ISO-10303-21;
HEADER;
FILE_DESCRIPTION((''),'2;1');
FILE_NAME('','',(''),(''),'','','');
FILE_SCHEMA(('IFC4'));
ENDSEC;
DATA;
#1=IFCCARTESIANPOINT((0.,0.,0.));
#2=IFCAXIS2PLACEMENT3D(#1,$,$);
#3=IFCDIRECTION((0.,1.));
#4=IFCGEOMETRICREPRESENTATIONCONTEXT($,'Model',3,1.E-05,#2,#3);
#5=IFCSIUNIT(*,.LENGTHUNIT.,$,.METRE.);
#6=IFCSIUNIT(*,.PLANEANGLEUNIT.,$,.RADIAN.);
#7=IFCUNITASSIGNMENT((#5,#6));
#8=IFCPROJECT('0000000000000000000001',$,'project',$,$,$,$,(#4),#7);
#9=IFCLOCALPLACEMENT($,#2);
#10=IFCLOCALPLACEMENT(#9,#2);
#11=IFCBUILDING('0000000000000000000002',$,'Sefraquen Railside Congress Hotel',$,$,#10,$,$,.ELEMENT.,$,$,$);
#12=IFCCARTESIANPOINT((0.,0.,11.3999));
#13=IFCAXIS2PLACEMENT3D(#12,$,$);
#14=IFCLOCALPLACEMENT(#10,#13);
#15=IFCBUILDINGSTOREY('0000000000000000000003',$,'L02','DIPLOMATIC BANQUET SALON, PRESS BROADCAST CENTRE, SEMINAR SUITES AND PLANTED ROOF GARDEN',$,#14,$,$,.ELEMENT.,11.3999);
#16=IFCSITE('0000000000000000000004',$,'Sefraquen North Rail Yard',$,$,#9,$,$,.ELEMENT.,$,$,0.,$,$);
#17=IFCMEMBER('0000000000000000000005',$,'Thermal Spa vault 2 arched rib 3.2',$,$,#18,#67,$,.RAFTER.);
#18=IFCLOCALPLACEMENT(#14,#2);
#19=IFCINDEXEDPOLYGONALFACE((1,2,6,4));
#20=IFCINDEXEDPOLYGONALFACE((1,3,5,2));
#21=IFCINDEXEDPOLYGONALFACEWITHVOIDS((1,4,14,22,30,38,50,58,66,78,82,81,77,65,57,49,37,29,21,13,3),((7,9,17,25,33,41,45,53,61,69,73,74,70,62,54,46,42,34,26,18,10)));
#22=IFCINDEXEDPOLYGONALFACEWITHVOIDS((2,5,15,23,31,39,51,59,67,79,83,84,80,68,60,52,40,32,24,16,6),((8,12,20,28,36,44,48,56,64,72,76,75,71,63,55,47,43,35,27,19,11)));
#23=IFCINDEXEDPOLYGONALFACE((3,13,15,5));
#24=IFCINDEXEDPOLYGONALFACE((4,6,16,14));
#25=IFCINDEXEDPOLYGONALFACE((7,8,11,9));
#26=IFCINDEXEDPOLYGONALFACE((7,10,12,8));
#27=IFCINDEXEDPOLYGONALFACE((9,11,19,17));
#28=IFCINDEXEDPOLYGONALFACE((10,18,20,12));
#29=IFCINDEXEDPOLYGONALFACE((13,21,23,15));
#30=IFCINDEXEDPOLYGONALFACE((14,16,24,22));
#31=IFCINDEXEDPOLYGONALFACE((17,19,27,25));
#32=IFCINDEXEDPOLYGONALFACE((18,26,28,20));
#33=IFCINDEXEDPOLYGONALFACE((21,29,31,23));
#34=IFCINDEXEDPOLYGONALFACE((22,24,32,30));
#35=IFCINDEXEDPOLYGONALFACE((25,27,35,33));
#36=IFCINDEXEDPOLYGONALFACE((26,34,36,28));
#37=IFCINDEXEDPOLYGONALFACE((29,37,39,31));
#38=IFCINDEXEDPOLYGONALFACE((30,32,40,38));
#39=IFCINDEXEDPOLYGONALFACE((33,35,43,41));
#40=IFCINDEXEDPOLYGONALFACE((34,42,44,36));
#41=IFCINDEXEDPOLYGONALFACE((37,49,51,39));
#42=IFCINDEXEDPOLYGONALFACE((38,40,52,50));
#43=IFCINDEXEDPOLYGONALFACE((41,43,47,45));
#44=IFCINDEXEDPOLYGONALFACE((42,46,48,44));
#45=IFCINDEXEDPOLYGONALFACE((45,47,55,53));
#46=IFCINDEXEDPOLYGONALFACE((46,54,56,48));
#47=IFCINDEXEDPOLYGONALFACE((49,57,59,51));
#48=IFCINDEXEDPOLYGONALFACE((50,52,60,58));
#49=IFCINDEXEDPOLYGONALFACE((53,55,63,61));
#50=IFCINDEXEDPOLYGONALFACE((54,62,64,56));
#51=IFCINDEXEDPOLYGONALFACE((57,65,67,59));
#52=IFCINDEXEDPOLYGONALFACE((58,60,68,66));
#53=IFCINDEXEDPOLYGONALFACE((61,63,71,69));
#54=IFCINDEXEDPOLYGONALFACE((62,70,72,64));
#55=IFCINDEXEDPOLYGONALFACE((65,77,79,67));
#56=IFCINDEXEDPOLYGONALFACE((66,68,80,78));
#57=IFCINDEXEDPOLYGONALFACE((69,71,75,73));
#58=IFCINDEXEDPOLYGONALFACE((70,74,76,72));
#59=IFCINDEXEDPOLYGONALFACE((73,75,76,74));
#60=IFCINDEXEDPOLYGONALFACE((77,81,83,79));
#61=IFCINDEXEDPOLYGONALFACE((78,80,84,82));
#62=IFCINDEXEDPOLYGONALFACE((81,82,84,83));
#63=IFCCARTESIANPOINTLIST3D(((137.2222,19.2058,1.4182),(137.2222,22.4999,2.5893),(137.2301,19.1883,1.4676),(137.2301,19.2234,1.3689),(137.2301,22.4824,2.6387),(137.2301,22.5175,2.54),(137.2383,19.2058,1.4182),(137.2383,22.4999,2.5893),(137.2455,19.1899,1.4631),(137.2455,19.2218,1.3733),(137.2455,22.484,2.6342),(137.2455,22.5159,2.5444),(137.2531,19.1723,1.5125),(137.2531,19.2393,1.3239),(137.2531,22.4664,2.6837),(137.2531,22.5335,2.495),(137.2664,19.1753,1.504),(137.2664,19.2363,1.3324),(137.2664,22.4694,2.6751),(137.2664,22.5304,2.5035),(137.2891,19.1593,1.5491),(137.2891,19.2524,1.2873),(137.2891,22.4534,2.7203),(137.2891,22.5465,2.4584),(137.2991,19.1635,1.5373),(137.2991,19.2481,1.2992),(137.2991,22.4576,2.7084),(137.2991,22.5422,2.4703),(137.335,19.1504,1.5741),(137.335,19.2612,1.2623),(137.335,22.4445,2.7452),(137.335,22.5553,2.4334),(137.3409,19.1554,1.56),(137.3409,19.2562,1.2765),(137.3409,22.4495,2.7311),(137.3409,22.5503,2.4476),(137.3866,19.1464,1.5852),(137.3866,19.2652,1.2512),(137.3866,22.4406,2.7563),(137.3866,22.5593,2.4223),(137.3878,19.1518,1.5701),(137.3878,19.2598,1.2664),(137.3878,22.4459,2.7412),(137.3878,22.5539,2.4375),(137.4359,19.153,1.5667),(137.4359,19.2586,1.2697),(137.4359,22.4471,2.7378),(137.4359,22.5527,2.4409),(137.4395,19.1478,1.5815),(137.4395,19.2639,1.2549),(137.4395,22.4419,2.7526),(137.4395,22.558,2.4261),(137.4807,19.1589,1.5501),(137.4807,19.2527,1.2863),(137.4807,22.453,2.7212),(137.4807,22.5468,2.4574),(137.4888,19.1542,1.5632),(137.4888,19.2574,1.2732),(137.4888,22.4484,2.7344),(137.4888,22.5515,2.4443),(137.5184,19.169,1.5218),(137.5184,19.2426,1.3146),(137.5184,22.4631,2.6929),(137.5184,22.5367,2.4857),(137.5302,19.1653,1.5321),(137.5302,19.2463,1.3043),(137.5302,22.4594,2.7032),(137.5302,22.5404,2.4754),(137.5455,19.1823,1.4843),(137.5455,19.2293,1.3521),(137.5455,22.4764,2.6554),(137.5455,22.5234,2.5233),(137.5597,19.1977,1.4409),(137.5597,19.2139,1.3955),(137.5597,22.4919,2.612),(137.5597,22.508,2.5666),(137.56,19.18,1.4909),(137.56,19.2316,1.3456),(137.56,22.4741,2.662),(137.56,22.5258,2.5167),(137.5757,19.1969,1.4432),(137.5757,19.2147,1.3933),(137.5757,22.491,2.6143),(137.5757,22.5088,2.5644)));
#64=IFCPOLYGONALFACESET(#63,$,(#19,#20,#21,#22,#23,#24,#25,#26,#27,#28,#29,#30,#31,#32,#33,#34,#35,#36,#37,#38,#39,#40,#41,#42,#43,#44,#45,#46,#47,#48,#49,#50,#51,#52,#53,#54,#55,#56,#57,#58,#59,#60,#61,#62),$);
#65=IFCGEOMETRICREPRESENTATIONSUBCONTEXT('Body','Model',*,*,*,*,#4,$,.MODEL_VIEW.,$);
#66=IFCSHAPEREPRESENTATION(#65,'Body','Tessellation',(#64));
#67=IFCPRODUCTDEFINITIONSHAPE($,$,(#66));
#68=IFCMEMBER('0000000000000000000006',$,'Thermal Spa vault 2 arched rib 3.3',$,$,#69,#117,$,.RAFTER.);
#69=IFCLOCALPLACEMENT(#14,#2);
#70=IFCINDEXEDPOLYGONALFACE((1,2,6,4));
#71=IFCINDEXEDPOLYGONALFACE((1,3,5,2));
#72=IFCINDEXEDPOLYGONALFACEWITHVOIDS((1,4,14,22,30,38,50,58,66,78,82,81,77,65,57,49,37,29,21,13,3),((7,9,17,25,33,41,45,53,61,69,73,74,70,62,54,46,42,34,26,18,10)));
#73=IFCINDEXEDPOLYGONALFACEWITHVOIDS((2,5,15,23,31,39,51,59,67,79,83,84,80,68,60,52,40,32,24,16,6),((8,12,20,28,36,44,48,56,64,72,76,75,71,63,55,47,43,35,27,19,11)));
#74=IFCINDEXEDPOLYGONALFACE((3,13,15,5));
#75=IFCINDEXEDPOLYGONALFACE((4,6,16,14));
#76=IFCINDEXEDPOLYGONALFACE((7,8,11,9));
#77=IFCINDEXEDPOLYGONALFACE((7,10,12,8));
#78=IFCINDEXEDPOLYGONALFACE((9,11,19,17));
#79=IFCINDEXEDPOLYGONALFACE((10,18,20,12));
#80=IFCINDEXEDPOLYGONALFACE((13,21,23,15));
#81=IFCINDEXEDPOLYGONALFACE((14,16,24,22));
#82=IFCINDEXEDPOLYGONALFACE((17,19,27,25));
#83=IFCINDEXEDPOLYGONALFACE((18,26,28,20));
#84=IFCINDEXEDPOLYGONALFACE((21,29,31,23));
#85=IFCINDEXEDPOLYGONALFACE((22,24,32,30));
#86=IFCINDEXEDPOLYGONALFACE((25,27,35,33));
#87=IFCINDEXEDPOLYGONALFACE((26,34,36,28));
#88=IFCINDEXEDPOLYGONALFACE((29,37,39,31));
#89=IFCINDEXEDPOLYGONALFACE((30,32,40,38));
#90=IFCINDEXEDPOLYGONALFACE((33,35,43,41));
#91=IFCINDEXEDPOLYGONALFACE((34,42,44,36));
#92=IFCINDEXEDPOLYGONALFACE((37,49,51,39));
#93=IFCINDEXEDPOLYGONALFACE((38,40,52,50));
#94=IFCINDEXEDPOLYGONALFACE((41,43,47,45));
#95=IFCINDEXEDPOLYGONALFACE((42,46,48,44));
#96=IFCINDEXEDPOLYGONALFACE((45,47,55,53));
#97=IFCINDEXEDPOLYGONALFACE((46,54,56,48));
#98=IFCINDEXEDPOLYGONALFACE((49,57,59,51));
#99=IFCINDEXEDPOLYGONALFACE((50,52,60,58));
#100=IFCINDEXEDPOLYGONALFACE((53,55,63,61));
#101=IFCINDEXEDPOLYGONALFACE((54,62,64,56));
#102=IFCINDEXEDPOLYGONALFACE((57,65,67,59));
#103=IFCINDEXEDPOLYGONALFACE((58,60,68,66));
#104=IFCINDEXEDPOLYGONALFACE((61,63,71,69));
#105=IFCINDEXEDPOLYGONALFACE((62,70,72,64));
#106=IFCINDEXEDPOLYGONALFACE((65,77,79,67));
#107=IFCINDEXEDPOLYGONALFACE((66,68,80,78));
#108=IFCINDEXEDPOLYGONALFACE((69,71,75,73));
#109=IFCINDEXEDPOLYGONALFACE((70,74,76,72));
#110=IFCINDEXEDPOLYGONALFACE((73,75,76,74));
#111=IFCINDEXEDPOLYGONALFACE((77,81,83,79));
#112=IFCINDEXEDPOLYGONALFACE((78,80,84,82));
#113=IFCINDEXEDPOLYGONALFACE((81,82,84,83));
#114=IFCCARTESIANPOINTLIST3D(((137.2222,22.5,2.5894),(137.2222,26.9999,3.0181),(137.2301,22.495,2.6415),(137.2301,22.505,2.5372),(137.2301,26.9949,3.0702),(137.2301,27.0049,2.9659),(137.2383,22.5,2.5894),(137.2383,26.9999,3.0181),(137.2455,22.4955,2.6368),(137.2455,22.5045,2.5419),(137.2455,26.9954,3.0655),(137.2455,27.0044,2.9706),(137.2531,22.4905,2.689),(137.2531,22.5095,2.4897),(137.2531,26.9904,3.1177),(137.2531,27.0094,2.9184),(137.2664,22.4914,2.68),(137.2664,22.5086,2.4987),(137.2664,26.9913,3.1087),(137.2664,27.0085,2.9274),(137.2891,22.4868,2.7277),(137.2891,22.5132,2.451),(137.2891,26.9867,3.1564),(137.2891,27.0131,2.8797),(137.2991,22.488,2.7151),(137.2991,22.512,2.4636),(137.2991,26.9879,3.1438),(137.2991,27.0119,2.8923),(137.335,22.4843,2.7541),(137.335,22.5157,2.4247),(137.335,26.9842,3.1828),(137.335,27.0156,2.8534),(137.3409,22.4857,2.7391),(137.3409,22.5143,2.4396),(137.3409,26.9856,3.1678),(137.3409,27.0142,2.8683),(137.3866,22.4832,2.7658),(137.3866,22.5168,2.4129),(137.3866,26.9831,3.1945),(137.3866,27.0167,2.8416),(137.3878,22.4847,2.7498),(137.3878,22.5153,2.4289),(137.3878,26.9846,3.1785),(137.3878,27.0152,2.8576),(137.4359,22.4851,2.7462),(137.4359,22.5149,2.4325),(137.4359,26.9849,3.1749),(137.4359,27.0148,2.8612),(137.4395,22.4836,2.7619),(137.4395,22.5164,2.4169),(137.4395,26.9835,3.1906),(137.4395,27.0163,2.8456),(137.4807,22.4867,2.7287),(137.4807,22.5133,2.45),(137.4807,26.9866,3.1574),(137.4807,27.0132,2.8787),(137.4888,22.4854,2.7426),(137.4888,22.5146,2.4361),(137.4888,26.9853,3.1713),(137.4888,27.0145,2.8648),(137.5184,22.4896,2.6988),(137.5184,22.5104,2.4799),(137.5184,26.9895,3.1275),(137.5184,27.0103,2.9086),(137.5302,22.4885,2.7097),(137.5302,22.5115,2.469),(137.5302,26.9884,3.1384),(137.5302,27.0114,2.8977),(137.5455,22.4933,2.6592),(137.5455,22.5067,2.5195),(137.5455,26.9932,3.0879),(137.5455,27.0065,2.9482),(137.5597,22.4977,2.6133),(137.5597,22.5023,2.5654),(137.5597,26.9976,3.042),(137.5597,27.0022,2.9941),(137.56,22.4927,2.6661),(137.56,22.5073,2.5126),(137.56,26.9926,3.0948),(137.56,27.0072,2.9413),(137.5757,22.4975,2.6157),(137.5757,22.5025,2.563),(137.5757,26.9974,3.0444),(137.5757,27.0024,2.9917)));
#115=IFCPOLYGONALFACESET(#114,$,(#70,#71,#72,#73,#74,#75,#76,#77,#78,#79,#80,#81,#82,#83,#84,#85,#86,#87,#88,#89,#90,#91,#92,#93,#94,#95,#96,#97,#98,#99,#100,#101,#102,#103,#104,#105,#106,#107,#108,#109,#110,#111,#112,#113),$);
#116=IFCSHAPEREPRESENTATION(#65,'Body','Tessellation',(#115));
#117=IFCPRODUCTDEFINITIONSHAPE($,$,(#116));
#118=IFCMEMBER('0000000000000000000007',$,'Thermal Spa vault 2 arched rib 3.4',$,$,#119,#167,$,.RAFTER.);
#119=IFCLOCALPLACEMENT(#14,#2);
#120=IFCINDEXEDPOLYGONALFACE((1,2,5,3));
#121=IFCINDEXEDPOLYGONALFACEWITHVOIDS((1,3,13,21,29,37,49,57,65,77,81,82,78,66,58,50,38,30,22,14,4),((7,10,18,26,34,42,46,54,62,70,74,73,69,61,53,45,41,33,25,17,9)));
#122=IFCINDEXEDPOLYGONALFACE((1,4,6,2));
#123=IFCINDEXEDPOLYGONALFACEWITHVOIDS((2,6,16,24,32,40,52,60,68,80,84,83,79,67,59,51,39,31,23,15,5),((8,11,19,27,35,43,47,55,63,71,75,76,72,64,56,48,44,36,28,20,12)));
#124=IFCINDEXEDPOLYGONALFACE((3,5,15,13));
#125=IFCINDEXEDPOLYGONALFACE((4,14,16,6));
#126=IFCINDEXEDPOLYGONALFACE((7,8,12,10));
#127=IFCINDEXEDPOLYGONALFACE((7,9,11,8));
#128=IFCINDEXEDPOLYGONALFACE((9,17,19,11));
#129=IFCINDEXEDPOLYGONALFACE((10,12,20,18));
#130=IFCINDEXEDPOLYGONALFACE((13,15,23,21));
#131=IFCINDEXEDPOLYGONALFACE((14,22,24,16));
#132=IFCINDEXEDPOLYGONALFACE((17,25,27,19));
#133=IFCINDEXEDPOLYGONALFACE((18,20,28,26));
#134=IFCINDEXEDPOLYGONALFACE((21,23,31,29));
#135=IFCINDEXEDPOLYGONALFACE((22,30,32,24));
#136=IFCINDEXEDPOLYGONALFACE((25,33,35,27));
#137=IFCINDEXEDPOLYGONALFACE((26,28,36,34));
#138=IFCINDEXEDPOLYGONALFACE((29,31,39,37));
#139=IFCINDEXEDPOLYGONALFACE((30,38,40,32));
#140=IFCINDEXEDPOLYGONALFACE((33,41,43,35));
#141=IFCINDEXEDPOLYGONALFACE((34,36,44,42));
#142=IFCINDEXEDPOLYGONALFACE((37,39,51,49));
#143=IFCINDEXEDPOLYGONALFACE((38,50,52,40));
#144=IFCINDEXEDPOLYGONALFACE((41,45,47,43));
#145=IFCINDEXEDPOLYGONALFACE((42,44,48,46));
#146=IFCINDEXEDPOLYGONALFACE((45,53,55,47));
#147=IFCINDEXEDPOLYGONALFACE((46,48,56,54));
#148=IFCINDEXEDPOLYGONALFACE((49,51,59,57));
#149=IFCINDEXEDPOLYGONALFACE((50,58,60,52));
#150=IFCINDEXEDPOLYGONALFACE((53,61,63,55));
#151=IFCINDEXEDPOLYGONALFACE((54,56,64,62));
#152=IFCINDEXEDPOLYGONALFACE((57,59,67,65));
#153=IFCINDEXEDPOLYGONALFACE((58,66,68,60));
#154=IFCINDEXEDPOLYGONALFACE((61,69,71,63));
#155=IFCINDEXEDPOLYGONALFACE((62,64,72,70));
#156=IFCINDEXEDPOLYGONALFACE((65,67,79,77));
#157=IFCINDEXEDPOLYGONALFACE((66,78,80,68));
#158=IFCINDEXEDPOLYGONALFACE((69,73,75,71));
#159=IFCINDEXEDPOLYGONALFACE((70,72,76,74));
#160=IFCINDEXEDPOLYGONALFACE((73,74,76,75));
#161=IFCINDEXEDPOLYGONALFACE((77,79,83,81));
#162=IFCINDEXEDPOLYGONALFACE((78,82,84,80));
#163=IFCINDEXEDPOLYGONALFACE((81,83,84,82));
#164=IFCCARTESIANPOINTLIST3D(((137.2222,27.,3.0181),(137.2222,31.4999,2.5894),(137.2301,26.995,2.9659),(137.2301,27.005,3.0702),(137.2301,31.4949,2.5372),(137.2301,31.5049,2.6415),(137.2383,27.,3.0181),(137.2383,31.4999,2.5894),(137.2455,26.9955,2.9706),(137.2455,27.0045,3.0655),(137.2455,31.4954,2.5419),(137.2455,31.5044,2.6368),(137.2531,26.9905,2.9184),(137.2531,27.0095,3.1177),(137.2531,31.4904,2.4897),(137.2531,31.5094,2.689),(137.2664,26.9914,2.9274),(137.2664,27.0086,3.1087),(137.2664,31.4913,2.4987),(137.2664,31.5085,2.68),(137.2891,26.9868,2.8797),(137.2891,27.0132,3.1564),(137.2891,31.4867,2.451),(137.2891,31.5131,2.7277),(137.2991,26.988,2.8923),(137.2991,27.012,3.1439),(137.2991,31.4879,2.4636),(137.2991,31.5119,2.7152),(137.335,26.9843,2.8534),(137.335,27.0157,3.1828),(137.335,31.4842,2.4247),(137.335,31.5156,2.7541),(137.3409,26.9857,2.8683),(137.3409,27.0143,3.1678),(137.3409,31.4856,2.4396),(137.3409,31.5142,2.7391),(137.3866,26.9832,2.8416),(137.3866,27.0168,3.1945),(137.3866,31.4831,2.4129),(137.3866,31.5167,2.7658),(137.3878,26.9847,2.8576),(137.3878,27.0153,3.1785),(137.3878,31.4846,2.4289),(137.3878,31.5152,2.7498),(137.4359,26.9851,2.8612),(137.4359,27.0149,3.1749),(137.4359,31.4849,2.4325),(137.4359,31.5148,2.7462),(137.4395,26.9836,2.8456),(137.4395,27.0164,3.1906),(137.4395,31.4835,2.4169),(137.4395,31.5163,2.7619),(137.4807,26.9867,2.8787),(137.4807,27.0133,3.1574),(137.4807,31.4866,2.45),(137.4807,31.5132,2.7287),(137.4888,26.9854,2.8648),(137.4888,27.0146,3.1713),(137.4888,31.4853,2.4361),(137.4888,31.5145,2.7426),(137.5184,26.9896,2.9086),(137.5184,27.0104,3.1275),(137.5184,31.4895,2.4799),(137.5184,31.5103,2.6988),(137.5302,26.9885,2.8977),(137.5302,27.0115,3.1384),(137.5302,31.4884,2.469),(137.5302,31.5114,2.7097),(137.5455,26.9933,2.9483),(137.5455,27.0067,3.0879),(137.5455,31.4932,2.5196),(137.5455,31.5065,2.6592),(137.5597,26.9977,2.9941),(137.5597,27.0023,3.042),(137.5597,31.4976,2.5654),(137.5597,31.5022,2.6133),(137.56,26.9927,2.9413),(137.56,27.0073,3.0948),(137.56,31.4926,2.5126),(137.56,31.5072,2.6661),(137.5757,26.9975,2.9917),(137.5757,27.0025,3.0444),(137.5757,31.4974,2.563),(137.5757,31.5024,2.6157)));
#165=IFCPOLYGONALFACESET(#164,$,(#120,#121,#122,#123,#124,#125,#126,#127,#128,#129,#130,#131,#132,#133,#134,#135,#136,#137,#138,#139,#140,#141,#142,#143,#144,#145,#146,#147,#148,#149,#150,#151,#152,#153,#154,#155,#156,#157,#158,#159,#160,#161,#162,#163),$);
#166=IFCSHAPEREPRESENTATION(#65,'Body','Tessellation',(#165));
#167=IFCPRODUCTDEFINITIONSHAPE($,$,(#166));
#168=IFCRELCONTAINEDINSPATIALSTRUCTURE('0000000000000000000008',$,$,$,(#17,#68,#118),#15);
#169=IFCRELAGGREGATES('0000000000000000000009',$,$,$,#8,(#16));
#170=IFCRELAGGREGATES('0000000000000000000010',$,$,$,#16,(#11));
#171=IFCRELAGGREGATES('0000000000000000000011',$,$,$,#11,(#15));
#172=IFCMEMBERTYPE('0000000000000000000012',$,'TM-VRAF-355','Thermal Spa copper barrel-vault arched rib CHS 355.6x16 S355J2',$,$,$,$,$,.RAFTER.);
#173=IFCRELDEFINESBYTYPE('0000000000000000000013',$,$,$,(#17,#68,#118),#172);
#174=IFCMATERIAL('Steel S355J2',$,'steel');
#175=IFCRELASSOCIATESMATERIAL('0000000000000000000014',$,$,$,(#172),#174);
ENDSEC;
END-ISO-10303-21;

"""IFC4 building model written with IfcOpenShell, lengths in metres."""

from ifc_helpers import new_model, si_unit, direction, frame, origin, origin_2d, place, context, subcontext, project, spatial, hollow_circle, extrude, material, material_profile, profile_set, type_object, element, save


model = new_model("IFC4")

# Units and contexts
model_context = context("Model", 3, precision=1e-05, world=origin(), true_north=direction((0.0, 1.0)))
body_context = subcontext(model_context, "Body", "Model", "MODEL_VIEW")
ifc_project = project(units=[si_unit("LENGTHUNIT", "METRE"), si_unit("PLANEANGLEUNIT", "RADIAN")], contexts=[model_context])

# Site, building, storey
site_placement = place(None, origin())
site = spatial("IfcSite", under=ifc_project, at=site_placement, Name="Sefraquen North Rail Yard", CompositionType="ELEMENT", RefElevation=0.0)
building_placement = place(site_placement, origin())
building = spatial("IfcBuilding", under=site, at=building_placement, Name="Sefraquen Railside Congress Hotel", CompositionType="ELEMENT")
storey_placement = place(building_placement, frame((0.0, 0.0, 11.3999)))
storey = spatial("IfcBuildingStorey", under=building, at=storey_placement, Name="L02", Description="DIPLOMATIC BANQUET SALON, PRESS BROADCAST CENTRE, SEMINAR SUITES AND PLANTED ROOF GARDEN", CompositionType="ELEMENT", Elevation=11.3999)

# Members
ifc_material_1 = material(Name="Steel S355J2", Category="steel")
ifc_material_profile_1 = material_profile(ifc_material_1, hollow_circle(Radius=0.1777, WallThickness=0.0161, at=origin_2d()), Name="CHS 355.6x16")
ifc_profile_set_1 = profile_set([ifc_material_profile_1], Name="Steel S355J2")
member_type = type_object("IfcMemberType", Name="TM-VRAF-355", Description="Thermal Spa copper barrel-vault arched rib CHS 355.6x16 S355J2", PredefinedType="RAFTER", material=ifc_profile_set_1)
member_1_placement = place(storey_placement, frame((137.3999, 19.2058, 1.4182), z_axis=(0.0, 0.942226, 0.334978), x_axis=(-1.0, 0.0, 0.0)))
element("IfcMember", 1, at=member_1_placement, inside=storey, type_object=member_type, Name="Thermal Spa vault 2 arched rib 3.2", PredefinedType="RAFTER", context=body_context, shape_type="SweptSolid", body=[
    extrude(hollow_circle(Radius=0.1777, WallThickness=0.0161, at=origin_2d()), origin(), (0.0, 0.0, 1.0), 3.4961),
])
for number, where, z_axis, x_axis, name in (
    (2, (137.3999, 22.5, 2.5894), (0.0, 0.995493, 0.09484), (-1.0, 0.0, 0.0), "Thermal Spa vault 2 arched rib 3.3"),
    (3, (137.3999, 27.0, 3.0181), (0.0, 0.995493, -0.09484), (-1.0, 0.0, 0.0), "Thermal Spa vault 2 arched rib 3.4"),
):
    element("IfcMember", number, at=place(storey_placement, frame(where, z_axis=z_axis, x_axis=x_axis)), inside=storey, type_object=member_type, Name=name, PredefinedType="RAFTER", context=body_context, shape_type="SweptSolid", body=[
        extrude(hollow_circle(Radius=0.1777, WallThickness=0.0161, at=origin_2d()), origin(), (0.0, 0.0, 1.0), 4.5203),
    ])

save(model, "model.ifc")
